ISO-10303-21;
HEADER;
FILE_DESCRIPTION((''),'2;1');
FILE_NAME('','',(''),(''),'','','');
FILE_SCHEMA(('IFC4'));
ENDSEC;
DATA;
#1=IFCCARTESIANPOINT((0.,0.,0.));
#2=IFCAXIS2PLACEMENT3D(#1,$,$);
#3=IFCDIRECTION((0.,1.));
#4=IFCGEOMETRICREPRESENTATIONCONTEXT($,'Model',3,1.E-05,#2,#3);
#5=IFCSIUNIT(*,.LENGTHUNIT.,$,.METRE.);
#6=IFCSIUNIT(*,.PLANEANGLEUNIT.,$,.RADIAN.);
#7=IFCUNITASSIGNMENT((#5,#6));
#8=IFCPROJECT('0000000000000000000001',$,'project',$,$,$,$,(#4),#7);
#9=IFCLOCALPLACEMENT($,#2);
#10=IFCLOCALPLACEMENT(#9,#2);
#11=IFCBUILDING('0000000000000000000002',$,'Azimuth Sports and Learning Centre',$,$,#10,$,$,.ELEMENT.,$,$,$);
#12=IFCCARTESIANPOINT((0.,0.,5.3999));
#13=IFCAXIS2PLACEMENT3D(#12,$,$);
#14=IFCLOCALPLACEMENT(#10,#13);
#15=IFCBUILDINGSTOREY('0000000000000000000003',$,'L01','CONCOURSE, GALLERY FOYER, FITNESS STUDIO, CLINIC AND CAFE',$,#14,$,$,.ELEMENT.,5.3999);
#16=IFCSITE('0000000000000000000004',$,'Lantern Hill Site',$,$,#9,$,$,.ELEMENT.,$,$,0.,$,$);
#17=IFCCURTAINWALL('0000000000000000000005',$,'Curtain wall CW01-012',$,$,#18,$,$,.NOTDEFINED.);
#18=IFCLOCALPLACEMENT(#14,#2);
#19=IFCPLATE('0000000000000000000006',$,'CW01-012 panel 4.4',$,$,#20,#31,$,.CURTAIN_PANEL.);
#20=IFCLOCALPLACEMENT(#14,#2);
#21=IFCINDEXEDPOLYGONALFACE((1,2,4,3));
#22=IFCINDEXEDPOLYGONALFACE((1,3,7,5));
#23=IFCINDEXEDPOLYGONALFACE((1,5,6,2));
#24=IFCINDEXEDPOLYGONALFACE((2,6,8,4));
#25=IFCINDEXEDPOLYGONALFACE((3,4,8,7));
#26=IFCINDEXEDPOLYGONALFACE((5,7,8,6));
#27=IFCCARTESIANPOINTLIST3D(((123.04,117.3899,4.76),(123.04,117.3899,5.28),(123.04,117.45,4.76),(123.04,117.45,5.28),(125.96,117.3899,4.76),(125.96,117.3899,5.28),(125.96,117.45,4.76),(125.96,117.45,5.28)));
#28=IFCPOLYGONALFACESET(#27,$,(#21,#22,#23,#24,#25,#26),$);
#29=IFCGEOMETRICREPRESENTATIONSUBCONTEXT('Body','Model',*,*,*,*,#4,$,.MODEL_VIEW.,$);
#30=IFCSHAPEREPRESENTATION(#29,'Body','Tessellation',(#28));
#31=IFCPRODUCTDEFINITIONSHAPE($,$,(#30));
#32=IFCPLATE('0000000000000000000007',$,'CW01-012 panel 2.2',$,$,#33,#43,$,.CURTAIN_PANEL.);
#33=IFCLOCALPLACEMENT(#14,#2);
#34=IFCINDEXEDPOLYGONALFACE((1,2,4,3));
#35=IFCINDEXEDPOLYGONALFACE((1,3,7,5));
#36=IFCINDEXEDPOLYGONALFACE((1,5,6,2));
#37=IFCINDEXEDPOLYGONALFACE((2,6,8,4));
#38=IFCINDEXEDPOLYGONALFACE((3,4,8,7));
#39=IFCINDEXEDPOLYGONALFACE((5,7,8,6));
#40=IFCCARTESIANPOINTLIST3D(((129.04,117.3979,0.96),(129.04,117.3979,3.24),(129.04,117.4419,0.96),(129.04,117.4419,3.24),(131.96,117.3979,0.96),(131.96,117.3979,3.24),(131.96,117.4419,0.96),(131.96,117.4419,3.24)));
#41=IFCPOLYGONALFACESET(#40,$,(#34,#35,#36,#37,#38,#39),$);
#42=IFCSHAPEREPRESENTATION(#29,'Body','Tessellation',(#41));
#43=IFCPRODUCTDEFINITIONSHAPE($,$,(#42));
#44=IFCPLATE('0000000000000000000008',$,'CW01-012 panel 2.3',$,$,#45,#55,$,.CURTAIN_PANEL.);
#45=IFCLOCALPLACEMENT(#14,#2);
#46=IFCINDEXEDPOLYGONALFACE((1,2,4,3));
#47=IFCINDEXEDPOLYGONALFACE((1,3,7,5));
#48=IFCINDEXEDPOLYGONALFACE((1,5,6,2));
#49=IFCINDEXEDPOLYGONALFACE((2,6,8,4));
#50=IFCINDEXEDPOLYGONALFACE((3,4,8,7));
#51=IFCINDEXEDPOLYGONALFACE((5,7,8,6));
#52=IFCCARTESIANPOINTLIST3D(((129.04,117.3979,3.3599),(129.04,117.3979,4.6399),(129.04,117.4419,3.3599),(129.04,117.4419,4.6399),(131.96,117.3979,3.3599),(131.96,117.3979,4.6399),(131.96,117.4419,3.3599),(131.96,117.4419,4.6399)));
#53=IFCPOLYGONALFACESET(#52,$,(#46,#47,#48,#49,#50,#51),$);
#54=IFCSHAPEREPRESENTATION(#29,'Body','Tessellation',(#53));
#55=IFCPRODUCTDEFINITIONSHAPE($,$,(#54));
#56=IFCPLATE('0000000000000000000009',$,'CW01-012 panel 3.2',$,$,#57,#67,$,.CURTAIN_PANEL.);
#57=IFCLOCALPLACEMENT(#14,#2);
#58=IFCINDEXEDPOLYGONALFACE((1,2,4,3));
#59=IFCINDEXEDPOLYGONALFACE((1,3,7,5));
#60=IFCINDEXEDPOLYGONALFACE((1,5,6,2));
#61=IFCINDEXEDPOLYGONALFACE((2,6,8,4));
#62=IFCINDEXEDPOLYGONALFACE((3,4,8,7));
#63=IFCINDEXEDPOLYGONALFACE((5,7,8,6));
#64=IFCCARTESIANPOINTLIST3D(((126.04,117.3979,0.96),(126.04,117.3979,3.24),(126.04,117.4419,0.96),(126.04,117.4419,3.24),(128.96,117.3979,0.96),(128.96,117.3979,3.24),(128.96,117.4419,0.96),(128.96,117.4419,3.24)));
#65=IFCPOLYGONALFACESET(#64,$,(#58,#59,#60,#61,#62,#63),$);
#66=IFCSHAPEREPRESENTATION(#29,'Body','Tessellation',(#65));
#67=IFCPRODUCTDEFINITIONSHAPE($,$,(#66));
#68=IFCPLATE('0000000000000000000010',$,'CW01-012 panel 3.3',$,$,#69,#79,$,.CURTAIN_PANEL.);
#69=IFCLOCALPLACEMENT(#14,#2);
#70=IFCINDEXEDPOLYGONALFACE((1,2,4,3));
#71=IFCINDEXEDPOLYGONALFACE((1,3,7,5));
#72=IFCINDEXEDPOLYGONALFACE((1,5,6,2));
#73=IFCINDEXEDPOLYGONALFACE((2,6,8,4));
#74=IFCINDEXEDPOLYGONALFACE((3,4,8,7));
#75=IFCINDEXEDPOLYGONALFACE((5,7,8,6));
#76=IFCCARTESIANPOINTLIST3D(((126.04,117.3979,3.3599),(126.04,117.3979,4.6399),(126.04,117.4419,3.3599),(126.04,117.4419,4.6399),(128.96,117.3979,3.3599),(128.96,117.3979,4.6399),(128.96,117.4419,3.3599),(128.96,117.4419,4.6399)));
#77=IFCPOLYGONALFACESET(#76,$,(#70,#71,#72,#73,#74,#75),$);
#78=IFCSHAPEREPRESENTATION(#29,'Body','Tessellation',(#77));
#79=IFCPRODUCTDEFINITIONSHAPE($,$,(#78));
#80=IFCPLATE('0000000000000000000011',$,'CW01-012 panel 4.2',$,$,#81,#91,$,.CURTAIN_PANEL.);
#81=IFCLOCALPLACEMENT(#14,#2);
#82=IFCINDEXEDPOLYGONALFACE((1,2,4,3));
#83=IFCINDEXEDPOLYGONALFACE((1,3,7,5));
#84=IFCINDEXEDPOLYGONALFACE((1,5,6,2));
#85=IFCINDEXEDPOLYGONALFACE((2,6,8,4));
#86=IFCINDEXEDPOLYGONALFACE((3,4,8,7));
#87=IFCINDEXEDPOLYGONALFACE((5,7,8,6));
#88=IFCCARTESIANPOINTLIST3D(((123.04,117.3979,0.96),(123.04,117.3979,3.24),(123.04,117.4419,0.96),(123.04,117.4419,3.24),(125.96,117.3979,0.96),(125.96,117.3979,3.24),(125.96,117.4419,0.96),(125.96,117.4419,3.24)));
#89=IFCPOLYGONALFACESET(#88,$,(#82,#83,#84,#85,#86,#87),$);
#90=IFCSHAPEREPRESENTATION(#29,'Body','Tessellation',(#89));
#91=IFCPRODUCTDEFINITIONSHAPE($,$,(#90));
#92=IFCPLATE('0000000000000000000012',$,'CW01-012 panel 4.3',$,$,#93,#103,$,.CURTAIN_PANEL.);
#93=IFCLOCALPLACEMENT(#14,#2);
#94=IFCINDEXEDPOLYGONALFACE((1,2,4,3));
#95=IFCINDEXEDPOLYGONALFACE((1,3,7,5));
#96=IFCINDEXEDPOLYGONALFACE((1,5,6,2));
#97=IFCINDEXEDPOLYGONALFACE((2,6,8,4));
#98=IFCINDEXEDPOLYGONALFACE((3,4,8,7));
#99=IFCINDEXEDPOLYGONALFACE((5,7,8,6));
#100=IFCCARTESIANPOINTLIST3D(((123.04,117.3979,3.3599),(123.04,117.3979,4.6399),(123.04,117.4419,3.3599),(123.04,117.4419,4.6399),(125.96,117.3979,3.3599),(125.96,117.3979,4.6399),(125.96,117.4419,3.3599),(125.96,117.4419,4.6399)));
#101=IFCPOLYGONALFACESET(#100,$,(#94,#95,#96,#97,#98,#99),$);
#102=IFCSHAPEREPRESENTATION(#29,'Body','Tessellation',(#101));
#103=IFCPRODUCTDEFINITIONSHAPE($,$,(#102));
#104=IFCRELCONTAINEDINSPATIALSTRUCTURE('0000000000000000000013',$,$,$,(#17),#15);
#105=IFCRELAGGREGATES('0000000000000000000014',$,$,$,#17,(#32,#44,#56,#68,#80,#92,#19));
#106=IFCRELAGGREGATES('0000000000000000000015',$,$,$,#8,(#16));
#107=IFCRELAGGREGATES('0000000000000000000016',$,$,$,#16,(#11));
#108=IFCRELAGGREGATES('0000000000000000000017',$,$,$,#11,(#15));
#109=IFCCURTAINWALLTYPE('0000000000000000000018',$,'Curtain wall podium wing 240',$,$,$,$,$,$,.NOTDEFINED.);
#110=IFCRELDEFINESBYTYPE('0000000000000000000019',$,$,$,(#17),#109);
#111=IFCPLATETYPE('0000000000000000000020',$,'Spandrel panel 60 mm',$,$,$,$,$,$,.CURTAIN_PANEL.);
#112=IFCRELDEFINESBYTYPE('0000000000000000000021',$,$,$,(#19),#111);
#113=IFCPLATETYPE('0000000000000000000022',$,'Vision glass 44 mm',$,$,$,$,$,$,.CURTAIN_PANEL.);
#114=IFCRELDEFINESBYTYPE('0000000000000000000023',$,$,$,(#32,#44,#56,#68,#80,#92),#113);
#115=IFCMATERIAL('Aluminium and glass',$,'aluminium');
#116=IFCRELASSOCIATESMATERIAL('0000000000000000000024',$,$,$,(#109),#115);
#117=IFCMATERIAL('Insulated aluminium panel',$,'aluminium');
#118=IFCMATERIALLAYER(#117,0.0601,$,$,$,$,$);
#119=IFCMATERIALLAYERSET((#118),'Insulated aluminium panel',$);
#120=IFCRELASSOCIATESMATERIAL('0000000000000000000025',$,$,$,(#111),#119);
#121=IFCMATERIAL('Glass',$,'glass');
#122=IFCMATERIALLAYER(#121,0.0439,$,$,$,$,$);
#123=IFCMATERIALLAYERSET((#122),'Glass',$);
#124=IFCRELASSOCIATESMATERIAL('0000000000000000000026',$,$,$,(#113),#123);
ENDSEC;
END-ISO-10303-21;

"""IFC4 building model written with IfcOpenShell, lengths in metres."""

from ifc_helpers import new_model, si_unit, direction, frame, origin, origin_2d, place, context, subcontext, project, spatial, rectangle, extrude, material, layer, layer_set, type_object, element, aggregate, save


model = new_model("IFC4")

# Units and contexts
model_context = context("Model", 3, precision=1e-05, world=origin(), true_north=direction((0.0, 1.0)))
body_context = subcontext(model_context, "Body", "Model", "MODEL_VIEW")
ifc_project = project(units=[si_unit("LENGTHUNIT", "METRE"), si_unit("PLANEANGLEUNIT", "RADIAN")], contexts=[model_context])

# Site, building, storey
site_placement = place(None, origin())
site = spatial("IfcSite", under=ifc_project, at=site_placement, Name="Lantern Hill Site", CompositionType="ELEMENT", RefElevation=0.0)
building_placement = place(site_placement, origin())
building = spatial("IfcBuilding", under=site, at=building_placement, Name="Azimuth Sports and Learning Centre", CompositionType="ELEMENT")
storey_placement = place(building_placement, frame((0.0, 0.0, 5.3999)))
storey = spatial("IfcBuildingStorey", under=building, at=storey_placement, Name="L01", Description="CONCOURSE, GALLERY FOYER, FITNESS STUDIO, CLINIC AND CAFE", CompositionType="ELEMENT", Elevation=5.3999)

# Curtain wall, plates
ifc_material_1 = material(Name="Aluminium and glass", Category="aluminium")
curtain_wall_type = type_object("IfcCurtainWallType", Name="Curtain wall podium wing 240", PredefinedType="NOTDEFINED", material=ifc_material_1)
curtain_wall_placement = place(storey_placement, origin())
curtain_wall = element("IfcCurtainWall", 1, at=curtain_wall_placement, inside=storey, type_object=curtain_wall_type, Name="Curtain wall CW01-012", PredefinedType="NOTDEFINED")
ifc_material_2 = material(Name="Insulated aluminium panel", Category="aluminium")
ifc_layer_1 = layer(ifc_material_2, 0.0601)
ifc_layer_set_1 = layer_set([ifc_layer_1], Name="Insulated aluminium panel")
plate_type_1 = type_object("IfcPlateType", Name="Spandrel panel 60 mm", PredefinedType="CURTAIN_PANEL", material=ifc_layer_set_1)
plate_1_placement = place(storey_placement, frame((124.5, 117.4199, 4.76), z_axis=(0.0, 0.0, 1.0), x_axis=(-1.0, 0.0, 0.0)))
plate_1 = element("IfcPlate", 2, at=plate_1_placement, type_object=plate_type_1, Name="CW01-012 panel 4.4", PredefinedType="CURTAIN_PANEL", context=body_context, shape_type="SweptSolid", body=[
    extrude(rectangle(XDim=2.9199, YDim=0.0601, at=origin_2d()), origin(), (0.0, 0.0, 1.0), 0.52),
])
ifc_material_3 = material(Name="Glass", Category="glass")
ifc_layer_2 = layer(ifc_material_3, 0.0439)
ifc_layer_set_2 = layer_set([ifc_layer_2], Name="Glass")
plate_type_2 = type_object("IfcPlateType", Name="Vision glass 44 mm", PredefinedType="CURTAIN_PANEL", material=ifc_layer_set_2)
plate_2_placement = place(storey_placement, frame((130.5, 117.4199, 0.96), z_axis=(0.0, 0.0, 1.0), x_axis=(-1.0, 0.0, 0.0)))
plate_2 = element("IfcPlate", 3, at=plate_2_placement, type_object=plate_type_2, Name="CW01-012 panel 2.2", PredefinedType="CURTAIN_PANEL", context=body_context, shape_type="SweptSolid", body=[
    extrude(rectangle(XDim=2.9199, YDim=0.0439, at=origin_2d()), origin(), (0.0, 0.0, 1.0), 2.28),
])
plate_3_placement = place(storey_placement, frame((130.5, 117.4199, 3.3599), z_axis=(0.0, 0.0, 1.0), x_axis=(-1.0, 0.0, 0.0)))
plate_3 = element("IfcPlate", 4, at=plate_3_placement, type_object=plate_type_2, Name="CW01-012 panel 2.3", PredefinedType="CURTAIN_PANEL", context=body_context, shape_type="SweptSolid", body=[
    extrude(rectangle(XDim=2.9199, YDim=0.0439, at=origin_2d()), origin(), (0.0, 0.0, 1.0), 1.28),
])
plate_4_placement = place(storey_placement, frame((127.5, 117.4199, 0.96), z_axis=(0.0, 0.0, 1.0), x_axis=(-1.0, 0.0, 0.0)))
plate_4 = element("IfcPlate", 5, at=plate_4_placement, type_object=plate_type_2, Name="CW01-012 panel 3.2", PredefinedType="CURTAIN_PANEL", context=body_context, shape_type="SweptSolid", body=[
    extrude(rectangle(XDim=2.9199, YDim=0.0439, at=origin_2d()), origin(), (0.0, 0.0, 1.0), 2.28),
])
plate_5_placement = place(storey_placement, frame((127.5, 117.4199, 3.3599), z_axis=(0.0, 0.0, 1.0), x_axis=(-1.0, 0.0, 0.0)))
plate_5 = element("IfcPlate", 6, at=plate_5_placement, type_object=plate_type_2, Name="CW01-012 panel 3.3", PredefinedType="CURTAIN_PANEL", context=body_context, shape_type="SweptSolid", body=[
    extrude(rectangle(XDim=2.9199, YDim=0.0439, at=origin_2d()), origin(), (0.0, 0.0, 1.0), 1.28),
])
plate_6_placement = place(storey_placement, frame((124.5, 117.4199, 0.96), z_axis=(0.0, 0.0, 1.0), x_axis=(-1.0, 0.0, 0.0)))
plate_6 = element("IfcPlate", 7, at=plate_6_placement, type_object=plate_type_2, Name="CW01-012 panel 4.2", PredefinedType="CURTAIN_PANEL", context=body_context, shape_type="SweptSolid", body=[
    extrude(rectangle(XDim=2.9199, YDim=0.0439, at=origin_2d()), origin(), (0.0, 0.0, 1.0), 2.28),
])
plate_7_placement = place(storey_placement, frame((124.5, 117.4199, 3.3599), z_axis=(0.0, 0.0, 1.0), x_axis=(-1.0, 0.0, 0.0)))
plate_7 = element("IfcPlate", 8, at=plate_7_placement, type_object=plate_type_2, Name="CW01-012 panel 4.3", PredefinedType="CURTAIN_PANEL", context=body_context, shape_type="SweptSolid", body=[
    extrude(rectangle(XDim=2.9199, YDim=0.0439, at=origin_2d()), origin(), (0.0, 0.0, 1.0), 1.28),
])
aggregate(curtain_wall, [plate_2, plate_3, plate_4, plate_5, plate_6, plate_7, plate_1])

save(model, "model.ifc")
